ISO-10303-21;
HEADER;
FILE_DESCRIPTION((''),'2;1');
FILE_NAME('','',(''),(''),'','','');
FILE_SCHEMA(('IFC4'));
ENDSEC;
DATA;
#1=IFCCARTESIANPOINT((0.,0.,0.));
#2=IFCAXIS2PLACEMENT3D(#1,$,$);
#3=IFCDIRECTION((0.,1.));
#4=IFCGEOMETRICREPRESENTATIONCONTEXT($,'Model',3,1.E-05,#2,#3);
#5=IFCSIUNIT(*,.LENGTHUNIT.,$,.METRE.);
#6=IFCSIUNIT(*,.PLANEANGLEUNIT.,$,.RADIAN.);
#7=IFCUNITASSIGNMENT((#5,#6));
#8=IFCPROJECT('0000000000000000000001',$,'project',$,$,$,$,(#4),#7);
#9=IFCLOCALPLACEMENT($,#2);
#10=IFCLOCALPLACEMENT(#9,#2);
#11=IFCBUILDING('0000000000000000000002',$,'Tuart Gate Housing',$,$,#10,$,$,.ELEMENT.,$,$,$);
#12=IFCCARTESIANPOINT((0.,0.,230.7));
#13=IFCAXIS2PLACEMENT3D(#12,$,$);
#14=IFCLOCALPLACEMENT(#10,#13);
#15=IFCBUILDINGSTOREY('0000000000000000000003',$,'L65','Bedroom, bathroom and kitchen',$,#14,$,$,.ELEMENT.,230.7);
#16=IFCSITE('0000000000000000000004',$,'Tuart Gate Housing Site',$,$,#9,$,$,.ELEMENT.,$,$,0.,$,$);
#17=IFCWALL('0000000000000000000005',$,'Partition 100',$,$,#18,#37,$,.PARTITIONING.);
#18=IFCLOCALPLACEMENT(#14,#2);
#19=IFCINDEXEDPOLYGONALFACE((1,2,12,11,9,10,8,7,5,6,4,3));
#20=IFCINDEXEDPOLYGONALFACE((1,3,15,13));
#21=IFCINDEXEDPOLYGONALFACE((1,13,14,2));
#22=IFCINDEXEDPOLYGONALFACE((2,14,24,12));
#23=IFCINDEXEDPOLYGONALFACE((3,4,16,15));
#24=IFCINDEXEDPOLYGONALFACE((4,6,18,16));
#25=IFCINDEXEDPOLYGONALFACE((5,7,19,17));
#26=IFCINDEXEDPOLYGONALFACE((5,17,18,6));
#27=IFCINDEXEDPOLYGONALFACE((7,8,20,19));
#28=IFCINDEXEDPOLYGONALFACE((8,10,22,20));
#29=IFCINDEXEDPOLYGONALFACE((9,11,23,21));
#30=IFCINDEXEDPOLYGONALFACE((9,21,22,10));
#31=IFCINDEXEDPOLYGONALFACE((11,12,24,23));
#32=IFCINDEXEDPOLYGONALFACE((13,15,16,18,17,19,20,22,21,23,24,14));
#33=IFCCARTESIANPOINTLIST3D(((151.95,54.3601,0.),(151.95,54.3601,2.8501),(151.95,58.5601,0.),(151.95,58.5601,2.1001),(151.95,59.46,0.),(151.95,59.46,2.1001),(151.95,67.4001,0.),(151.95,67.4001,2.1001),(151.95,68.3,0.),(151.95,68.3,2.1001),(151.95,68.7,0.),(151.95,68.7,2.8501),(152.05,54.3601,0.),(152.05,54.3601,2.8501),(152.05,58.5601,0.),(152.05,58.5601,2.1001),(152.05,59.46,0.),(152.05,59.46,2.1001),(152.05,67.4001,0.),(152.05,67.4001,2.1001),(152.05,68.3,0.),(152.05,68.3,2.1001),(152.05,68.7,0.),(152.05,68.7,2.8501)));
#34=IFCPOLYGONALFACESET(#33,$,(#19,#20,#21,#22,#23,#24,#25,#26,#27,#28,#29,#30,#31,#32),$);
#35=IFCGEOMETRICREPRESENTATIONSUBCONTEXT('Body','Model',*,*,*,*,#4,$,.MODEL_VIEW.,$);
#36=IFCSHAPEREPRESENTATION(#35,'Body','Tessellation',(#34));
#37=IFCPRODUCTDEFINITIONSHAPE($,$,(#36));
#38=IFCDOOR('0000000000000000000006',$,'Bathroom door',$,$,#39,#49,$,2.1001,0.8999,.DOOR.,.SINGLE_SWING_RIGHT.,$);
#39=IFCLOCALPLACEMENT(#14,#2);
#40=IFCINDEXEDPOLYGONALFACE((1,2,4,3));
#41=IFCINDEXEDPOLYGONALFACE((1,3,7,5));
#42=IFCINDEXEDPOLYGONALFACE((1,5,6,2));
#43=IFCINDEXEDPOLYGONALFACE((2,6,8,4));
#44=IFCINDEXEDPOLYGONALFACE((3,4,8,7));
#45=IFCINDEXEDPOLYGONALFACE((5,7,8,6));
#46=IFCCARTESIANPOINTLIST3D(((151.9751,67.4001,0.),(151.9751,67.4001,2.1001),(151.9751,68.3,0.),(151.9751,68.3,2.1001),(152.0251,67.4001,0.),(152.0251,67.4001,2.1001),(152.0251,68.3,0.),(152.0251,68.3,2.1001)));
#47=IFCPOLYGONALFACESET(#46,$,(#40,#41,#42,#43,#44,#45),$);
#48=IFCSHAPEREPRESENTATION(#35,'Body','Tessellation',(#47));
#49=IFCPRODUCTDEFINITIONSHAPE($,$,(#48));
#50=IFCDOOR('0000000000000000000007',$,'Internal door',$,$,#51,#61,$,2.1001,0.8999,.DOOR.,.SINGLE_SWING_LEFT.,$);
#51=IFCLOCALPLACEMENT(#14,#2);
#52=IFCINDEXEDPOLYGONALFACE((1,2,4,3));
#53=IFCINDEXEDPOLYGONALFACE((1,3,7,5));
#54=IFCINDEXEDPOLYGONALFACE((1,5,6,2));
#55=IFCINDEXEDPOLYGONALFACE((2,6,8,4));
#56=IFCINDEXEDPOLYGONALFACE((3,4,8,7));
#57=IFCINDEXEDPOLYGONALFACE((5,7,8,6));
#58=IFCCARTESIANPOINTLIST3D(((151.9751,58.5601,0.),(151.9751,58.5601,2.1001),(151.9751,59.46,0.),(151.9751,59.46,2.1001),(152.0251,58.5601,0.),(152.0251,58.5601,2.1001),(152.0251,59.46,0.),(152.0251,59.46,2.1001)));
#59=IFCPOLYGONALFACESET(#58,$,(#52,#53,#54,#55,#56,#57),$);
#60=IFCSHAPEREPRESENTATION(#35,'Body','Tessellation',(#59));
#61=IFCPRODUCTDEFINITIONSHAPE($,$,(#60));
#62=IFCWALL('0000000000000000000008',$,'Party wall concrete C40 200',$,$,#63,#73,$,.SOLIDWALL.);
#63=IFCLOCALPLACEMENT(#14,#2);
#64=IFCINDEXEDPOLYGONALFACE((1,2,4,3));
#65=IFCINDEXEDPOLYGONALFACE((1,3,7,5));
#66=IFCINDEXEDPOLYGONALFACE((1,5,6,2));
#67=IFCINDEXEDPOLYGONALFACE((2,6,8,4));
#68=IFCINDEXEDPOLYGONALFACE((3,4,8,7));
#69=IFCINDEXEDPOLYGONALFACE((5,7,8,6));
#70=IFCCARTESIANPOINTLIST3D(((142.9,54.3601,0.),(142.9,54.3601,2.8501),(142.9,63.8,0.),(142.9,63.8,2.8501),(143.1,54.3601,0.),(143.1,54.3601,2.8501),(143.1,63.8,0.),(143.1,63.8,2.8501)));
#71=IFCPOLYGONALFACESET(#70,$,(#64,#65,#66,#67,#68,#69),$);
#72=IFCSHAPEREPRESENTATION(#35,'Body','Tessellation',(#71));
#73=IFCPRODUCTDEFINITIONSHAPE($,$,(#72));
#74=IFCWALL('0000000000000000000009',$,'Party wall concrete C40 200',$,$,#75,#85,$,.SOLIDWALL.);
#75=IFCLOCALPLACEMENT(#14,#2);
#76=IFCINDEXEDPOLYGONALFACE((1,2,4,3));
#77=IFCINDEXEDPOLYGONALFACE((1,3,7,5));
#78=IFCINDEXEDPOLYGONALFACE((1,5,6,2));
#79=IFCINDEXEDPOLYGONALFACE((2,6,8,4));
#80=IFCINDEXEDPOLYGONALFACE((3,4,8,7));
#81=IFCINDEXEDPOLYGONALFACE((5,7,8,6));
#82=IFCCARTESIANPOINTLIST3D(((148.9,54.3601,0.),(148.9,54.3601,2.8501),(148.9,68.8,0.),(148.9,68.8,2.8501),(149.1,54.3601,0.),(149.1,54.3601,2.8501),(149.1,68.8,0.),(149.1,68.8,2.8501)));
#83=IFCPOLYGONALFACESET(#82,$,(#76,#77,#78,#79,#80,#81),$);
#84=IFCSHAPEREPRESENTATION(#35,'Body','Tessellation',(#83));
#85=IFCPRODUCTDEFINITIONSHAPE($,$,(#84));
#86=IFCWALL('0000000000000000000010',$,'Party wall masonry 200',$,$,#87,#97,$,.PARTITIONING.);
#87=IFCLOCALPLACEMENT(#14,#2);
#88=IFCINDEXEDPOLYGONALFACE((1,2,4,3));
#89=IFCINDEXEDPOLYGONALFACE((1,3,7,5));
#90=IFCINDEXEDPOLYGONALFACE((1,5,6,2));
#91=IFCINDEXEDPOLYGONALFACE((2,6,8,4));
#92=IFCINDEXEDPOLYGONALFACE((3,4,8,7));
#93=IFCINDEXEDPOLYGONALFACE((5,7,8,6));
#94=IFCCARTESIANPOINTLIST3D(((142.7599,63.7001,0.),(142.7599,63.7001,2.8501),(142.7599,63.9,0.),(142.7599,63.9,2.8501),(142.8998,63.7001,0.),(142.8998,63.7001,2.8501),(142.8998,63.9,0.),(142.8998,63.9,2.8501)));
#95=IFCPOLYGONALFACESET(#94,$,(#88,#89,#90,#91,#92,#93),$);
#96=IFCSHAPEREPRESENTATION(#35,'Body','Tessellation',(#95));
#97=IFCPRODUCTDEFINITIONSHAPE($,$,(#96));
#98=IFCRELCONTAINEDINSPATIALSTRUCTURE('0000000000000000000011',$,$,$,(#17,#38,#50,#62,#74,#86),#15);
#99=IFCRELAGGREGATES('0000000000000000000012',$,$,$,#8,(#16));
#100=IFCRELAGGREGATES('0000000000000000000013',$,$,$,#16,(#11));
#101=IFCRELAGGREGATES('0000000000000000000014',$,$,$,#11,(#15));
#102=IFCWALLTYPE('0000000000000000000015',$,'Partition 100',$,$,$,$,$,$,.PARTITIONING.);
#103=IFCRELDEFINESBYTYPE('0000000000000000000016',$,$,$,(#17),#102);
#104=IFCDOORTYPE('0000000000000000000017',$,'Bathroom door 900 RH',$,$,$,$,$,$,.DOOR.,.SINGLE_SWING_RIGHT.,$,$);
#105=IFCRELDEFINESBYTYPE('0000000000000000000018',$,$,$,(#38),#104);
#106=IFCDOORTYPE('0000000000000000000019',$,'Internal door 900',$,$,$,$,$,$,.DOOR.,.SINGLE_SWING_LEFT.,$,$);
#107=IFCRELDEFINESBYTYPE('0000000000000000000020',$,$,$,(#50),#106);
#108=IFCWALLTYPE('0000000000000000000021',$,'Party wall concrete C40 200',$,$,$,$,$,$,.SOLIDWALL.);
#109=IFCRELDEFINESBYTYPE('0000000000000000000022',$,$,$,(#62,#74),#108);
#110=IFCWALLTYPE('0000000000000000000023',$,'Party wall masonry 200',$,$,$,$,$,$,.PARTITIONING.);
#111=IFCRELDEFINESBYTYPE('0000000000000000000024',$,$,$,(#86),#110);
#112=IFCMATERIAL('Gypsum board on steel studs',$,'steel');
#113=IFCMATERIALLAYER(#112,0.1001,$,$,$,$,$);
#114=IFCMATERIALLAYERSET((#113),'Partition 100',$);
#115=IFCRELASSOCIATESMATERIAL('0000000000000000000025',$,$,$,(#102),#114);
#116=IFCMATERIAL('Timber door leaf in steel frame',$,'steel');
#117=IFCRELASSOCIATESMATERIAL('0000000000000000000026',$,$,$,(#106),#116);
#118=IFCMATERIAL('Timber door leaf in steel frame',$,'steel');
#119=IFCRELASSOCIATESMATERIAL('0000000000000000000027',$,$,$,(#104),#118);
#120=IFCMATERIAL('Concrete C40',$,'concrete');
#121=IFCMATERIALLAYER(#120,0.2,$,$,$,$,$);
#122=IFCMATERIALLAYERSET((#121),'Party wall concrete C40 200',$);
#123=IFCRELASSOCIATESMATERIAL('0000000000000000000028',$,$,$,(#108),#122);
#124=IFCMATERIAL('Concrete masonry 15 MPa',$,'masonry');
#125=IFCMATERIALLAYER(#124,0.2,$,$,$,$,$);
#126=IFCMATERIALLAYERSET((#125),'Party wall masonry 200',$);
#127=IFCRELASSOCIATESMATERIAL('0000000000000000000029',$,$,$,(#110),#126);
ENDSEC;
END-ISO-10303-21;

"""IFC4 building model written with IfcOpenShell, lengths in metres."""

from ifc_helpers import new_model, si_unit, direction, frame, frame_2d, origin, place, context, subcontext, project, spatial, rectangle, extrude, material, layer, layer_set, type_object, element, fill, save


model = new_model("IFC4")

# Units and contexts
model_context = context("Model", 3, precision=1e-05, world=origin(), true_north=direction((0.0, 1.0)))
body_context = subcontext(model_context, "Body", "Model", "MODEL_VIEW")
ifc_project = project(units=[si_unit("LENGTHUNIT", "METRE"), si_unit("PLANEANGLEUNIT", "RADIAN")], contexts=[model_context])

# Site, building, storey
site_placement = place(None, origin())
site = spatial("IfcSite", under=ifc_project, at=site_placement, Name="Tuart Gate Housing Site", CompositionType="ELEMENT", RefElevation=0.0)
building_placement = place(site_placement, origin())
building = spatial("IfcBuilding", under=site, at=building_placement, Name="Tuart Gate Housing", CompositionType="ELEMENT")
storey_placement = place(building_placement, frame((0.0, 0.0, 230.7)))
storey = spatial("IfcBuildingStorey", under=building, at=storey_placement, Name="L65", Description="Bedroom, bathroom and kitchen", CompositionType="ELEMENT", Elevation=230.7)

# Shared definitions
ifc_material_1 = material(Name="Gypsum board on steel studs", Category="steel")
ifc_layer_1 = layer(ifc_material_1, 0.1001)
ifc_layer_set_1 = layer_set([ifc_layer_1], Name="Partition 100")
wall_type_1 = type_object("IfcWallType", Name="Partition 100", PredefinedType="PARTITIONING", material=ifc_layer_set_1)
ifc_material_2 = material(Name="Timber door leaf in steel frame", Category="steel")
door_type_1 = type_object("IfcDoorType", Name="Internal door 900", OperationType="SINGLE_SWING_LEFT", PredefinedType="DOOR", material=ifc_material_2)

# Wall, openings, doors
ifc_material_3 = material(Name="Timber door leaf in steel frame", Category="steel")
door_type_2 = type_object("IfcDoorType", Name="Bathroom door 900 RH", OperationType="SINGLE_SWING_RIGHT", PredefinedType="DOOR", material=ifc_material_3)
wall_1_placement = place(storey_placement, frame((152.0, 54.3601, 0.0), z_axis=(0.0, 0.0, 1.0), x_axis=(0.0, 1.0, 0.0)))
wall_1 = element("IfcWall", 1, at=wall_1_placement, inside=storey, type_object=wall_type_1, Name="Partition 100", PredefinedType="PARTITIONING", context=body_context, shape_type="SweptSolid", body=[
    extrude(rectangle(XDim=14.3398, YDim=0.1001, at=frame_2d((7.1699, 0.0))), origin(), (0.0, 0.0, 1.0), 2.8501),
])
opening_1_placement = place(wall_1_placement, frame((4.2, 0.0, 0.0)))
opening_1 = element("IfcOpeningElement", 2, at=opening_1_placement, cuts=wall_1, PredefinedType="OPENING", context=body_context, shape_type="SweptSolid", body=[
    extrude(rectangle(XDim=0.8999, YDim=2.1001, at=frame_2d((0.45, 1.05))), frame((0.0, 0.0601, 0.0), z_axis=(0.0, -1.0, 0.0), x_axis=(1.0, 0.0, 0.0)), (0.0, 0.0, 1.0), 0.1201),
])
opening_2_placement = place(wall_1_placement, frame((13.04, 0.0, 0.0)))
opening_2 = element("IfcOpeningElement", 3, at=opening_2_placement, cuts=wall_1, PredefinedType="OPENING", context=body_context, shape_type="SweptSolid", body=[
    extrude(rectangle(XDim=0.8999, YDim=2.1001, at=frame_2d((0.45, 1.05))), frame((0.0, 0.0601, 0.0), z_axis=(0.0, -1.0, 0.0), x_axis=(1.0, 0.0, 0.0)), (0.0, 0.0, 1.0), 0.1201),
])
door_1_placement = place(opening_2_placement, origin())
door_1 = element("IfcDoor", 4, at=door_1_placement, inside=storey, type_object=door_type_2, Name="Bathroom door", OperationType="SINGLE_SWING_RIGHT", OverallHeight=2.1001, OverallWidth=0.8999, PredefinedType="DOOR", context=body_context, shape_type="SweptSolid", body=[
    extrude(rectangle(XDim=0.8999, YDim=2.1001, at=frame_2d((0.45, 1.05))), frame((0.0, 0.0249, 0.0), z_axis=(0.0, -1.0, 0.0), x_axis=(1.0, 0.0, 0.0)), (0.0, 0.0, 1.0), 0.05),
])
fill(opening_2, door_1)
door_2_placement = place(opening_1_placement, origin())
door_2 = element("IfcDoor", 5, at=door_2_placement, inside=storey, type_object=door_type_1, Name="Internal door", OperationType="SINGLE_SWING_LEFT", OverallHeight=2.1001, OverallWidth=0.8999, PredefinedType="DOOR", context=body_context, shape_type="SweptSolid", body=[
    extrude(rectangle(XDim=0.8999, YDim=2.1001, at=frame_2d((0.45, 1.05))), frame((0.0, 0.0249, 0.0), z_axis=(0.0, -1.0, 0.0), x_axis=(1.0, 0.0, 0.0)), (0.0, 0.0, 1.0), 0.05),
])
fill(opening_1, door_2)

# Walls
ifc_material_4 = material(Name="Concrete C40", Category="concrete")
ifc_layer_2 = layer(ifc_material_4, 0.2)
ifc_layer_set_2 = layer_set([ifc_layer_2], Name="Party wall concrete C40 200")
wall_type_2 = type_object("IfcWallType", Name="Party wall concrete C40 200", PredefinedType="SOLIDWALL", material=ifc_layer_set_2)
wall_2_placement = place(storey_placement, frame((143.0, 54.3601, 0.0), z_axis=(0.0, 0.0, 1.0), x_axis=(0.0, 1.0, 0.0)))
element("IfcWall", 6, at=wall_2_placement, inside=storey, type_object=wall_type_2, Name="Party wall concrete C40 200", PredefinedType="SOLIDWALL", context=body_context, shape_type="SweptSolid", body=[
    extrude(rectangle(XDim=9.4399, YDim=0.2, at=frame_2d((4.72, 0.0))), origin(), (0.0, 0.0, 1.0), 2.8501),
])
wall_3_placement = place(storey_placement, frame((149.0, 54.3601, 0.0), z_axis=(0.0, 0.0, 1.0), x_axis=(0.0, 1.0, 0.0)))
element("IfcWall", 7, at=wall_3_placement, inside=storey, type_object=wall_type_2, Name="Party wall concrete C40 200", PredefinedType="SOLIDWALL", context=body_context, shape_type="SweptSolid", body=[
    extrude(rectangle(XDim=14.4399, YDim=0.2, at=frame_2d((7.22, 0.0))), origin(), (0.0, 0.0, 1.0), 2.8501),
])
ifc_material_5 = material(Name="Concrete masonry 15 MPa", Category="masonry")
ifc_layer_3 = layer(ifc_material_5, 0.2)
ifc_layer_set_3 = layer_set([ifc_layer_3], Name="Party wall masonry 200")
wall_type_3 = type_object("IfcWallType", Name="Party wall masonry 200", PredefinedType="PARTITIONING", material=ifc_layer_set_3)
wall_4_placement = place(storey_placement, frame((142.76, 63.8, 0.0), z_axis=(0.0, 0.0, 1.0), x_axis=(1.0, 0.0, 0.0)))
element("IfcWall", 8, at=wall_4_placement, inside=storey, type_object=wall_type_3, Name="Party wall masonry 200", PredefinedType="PARTITIONING", context=body_context, shape_type="SweptSolid", body=[
    extrude(rectangle(XDim=0.1399, YDim=0.2, at=frame_2d((0.0698, 0.0))), origin(), (0.0, 0.0, 1.0), 2.8501),
])

save(model, "model.ifc")
